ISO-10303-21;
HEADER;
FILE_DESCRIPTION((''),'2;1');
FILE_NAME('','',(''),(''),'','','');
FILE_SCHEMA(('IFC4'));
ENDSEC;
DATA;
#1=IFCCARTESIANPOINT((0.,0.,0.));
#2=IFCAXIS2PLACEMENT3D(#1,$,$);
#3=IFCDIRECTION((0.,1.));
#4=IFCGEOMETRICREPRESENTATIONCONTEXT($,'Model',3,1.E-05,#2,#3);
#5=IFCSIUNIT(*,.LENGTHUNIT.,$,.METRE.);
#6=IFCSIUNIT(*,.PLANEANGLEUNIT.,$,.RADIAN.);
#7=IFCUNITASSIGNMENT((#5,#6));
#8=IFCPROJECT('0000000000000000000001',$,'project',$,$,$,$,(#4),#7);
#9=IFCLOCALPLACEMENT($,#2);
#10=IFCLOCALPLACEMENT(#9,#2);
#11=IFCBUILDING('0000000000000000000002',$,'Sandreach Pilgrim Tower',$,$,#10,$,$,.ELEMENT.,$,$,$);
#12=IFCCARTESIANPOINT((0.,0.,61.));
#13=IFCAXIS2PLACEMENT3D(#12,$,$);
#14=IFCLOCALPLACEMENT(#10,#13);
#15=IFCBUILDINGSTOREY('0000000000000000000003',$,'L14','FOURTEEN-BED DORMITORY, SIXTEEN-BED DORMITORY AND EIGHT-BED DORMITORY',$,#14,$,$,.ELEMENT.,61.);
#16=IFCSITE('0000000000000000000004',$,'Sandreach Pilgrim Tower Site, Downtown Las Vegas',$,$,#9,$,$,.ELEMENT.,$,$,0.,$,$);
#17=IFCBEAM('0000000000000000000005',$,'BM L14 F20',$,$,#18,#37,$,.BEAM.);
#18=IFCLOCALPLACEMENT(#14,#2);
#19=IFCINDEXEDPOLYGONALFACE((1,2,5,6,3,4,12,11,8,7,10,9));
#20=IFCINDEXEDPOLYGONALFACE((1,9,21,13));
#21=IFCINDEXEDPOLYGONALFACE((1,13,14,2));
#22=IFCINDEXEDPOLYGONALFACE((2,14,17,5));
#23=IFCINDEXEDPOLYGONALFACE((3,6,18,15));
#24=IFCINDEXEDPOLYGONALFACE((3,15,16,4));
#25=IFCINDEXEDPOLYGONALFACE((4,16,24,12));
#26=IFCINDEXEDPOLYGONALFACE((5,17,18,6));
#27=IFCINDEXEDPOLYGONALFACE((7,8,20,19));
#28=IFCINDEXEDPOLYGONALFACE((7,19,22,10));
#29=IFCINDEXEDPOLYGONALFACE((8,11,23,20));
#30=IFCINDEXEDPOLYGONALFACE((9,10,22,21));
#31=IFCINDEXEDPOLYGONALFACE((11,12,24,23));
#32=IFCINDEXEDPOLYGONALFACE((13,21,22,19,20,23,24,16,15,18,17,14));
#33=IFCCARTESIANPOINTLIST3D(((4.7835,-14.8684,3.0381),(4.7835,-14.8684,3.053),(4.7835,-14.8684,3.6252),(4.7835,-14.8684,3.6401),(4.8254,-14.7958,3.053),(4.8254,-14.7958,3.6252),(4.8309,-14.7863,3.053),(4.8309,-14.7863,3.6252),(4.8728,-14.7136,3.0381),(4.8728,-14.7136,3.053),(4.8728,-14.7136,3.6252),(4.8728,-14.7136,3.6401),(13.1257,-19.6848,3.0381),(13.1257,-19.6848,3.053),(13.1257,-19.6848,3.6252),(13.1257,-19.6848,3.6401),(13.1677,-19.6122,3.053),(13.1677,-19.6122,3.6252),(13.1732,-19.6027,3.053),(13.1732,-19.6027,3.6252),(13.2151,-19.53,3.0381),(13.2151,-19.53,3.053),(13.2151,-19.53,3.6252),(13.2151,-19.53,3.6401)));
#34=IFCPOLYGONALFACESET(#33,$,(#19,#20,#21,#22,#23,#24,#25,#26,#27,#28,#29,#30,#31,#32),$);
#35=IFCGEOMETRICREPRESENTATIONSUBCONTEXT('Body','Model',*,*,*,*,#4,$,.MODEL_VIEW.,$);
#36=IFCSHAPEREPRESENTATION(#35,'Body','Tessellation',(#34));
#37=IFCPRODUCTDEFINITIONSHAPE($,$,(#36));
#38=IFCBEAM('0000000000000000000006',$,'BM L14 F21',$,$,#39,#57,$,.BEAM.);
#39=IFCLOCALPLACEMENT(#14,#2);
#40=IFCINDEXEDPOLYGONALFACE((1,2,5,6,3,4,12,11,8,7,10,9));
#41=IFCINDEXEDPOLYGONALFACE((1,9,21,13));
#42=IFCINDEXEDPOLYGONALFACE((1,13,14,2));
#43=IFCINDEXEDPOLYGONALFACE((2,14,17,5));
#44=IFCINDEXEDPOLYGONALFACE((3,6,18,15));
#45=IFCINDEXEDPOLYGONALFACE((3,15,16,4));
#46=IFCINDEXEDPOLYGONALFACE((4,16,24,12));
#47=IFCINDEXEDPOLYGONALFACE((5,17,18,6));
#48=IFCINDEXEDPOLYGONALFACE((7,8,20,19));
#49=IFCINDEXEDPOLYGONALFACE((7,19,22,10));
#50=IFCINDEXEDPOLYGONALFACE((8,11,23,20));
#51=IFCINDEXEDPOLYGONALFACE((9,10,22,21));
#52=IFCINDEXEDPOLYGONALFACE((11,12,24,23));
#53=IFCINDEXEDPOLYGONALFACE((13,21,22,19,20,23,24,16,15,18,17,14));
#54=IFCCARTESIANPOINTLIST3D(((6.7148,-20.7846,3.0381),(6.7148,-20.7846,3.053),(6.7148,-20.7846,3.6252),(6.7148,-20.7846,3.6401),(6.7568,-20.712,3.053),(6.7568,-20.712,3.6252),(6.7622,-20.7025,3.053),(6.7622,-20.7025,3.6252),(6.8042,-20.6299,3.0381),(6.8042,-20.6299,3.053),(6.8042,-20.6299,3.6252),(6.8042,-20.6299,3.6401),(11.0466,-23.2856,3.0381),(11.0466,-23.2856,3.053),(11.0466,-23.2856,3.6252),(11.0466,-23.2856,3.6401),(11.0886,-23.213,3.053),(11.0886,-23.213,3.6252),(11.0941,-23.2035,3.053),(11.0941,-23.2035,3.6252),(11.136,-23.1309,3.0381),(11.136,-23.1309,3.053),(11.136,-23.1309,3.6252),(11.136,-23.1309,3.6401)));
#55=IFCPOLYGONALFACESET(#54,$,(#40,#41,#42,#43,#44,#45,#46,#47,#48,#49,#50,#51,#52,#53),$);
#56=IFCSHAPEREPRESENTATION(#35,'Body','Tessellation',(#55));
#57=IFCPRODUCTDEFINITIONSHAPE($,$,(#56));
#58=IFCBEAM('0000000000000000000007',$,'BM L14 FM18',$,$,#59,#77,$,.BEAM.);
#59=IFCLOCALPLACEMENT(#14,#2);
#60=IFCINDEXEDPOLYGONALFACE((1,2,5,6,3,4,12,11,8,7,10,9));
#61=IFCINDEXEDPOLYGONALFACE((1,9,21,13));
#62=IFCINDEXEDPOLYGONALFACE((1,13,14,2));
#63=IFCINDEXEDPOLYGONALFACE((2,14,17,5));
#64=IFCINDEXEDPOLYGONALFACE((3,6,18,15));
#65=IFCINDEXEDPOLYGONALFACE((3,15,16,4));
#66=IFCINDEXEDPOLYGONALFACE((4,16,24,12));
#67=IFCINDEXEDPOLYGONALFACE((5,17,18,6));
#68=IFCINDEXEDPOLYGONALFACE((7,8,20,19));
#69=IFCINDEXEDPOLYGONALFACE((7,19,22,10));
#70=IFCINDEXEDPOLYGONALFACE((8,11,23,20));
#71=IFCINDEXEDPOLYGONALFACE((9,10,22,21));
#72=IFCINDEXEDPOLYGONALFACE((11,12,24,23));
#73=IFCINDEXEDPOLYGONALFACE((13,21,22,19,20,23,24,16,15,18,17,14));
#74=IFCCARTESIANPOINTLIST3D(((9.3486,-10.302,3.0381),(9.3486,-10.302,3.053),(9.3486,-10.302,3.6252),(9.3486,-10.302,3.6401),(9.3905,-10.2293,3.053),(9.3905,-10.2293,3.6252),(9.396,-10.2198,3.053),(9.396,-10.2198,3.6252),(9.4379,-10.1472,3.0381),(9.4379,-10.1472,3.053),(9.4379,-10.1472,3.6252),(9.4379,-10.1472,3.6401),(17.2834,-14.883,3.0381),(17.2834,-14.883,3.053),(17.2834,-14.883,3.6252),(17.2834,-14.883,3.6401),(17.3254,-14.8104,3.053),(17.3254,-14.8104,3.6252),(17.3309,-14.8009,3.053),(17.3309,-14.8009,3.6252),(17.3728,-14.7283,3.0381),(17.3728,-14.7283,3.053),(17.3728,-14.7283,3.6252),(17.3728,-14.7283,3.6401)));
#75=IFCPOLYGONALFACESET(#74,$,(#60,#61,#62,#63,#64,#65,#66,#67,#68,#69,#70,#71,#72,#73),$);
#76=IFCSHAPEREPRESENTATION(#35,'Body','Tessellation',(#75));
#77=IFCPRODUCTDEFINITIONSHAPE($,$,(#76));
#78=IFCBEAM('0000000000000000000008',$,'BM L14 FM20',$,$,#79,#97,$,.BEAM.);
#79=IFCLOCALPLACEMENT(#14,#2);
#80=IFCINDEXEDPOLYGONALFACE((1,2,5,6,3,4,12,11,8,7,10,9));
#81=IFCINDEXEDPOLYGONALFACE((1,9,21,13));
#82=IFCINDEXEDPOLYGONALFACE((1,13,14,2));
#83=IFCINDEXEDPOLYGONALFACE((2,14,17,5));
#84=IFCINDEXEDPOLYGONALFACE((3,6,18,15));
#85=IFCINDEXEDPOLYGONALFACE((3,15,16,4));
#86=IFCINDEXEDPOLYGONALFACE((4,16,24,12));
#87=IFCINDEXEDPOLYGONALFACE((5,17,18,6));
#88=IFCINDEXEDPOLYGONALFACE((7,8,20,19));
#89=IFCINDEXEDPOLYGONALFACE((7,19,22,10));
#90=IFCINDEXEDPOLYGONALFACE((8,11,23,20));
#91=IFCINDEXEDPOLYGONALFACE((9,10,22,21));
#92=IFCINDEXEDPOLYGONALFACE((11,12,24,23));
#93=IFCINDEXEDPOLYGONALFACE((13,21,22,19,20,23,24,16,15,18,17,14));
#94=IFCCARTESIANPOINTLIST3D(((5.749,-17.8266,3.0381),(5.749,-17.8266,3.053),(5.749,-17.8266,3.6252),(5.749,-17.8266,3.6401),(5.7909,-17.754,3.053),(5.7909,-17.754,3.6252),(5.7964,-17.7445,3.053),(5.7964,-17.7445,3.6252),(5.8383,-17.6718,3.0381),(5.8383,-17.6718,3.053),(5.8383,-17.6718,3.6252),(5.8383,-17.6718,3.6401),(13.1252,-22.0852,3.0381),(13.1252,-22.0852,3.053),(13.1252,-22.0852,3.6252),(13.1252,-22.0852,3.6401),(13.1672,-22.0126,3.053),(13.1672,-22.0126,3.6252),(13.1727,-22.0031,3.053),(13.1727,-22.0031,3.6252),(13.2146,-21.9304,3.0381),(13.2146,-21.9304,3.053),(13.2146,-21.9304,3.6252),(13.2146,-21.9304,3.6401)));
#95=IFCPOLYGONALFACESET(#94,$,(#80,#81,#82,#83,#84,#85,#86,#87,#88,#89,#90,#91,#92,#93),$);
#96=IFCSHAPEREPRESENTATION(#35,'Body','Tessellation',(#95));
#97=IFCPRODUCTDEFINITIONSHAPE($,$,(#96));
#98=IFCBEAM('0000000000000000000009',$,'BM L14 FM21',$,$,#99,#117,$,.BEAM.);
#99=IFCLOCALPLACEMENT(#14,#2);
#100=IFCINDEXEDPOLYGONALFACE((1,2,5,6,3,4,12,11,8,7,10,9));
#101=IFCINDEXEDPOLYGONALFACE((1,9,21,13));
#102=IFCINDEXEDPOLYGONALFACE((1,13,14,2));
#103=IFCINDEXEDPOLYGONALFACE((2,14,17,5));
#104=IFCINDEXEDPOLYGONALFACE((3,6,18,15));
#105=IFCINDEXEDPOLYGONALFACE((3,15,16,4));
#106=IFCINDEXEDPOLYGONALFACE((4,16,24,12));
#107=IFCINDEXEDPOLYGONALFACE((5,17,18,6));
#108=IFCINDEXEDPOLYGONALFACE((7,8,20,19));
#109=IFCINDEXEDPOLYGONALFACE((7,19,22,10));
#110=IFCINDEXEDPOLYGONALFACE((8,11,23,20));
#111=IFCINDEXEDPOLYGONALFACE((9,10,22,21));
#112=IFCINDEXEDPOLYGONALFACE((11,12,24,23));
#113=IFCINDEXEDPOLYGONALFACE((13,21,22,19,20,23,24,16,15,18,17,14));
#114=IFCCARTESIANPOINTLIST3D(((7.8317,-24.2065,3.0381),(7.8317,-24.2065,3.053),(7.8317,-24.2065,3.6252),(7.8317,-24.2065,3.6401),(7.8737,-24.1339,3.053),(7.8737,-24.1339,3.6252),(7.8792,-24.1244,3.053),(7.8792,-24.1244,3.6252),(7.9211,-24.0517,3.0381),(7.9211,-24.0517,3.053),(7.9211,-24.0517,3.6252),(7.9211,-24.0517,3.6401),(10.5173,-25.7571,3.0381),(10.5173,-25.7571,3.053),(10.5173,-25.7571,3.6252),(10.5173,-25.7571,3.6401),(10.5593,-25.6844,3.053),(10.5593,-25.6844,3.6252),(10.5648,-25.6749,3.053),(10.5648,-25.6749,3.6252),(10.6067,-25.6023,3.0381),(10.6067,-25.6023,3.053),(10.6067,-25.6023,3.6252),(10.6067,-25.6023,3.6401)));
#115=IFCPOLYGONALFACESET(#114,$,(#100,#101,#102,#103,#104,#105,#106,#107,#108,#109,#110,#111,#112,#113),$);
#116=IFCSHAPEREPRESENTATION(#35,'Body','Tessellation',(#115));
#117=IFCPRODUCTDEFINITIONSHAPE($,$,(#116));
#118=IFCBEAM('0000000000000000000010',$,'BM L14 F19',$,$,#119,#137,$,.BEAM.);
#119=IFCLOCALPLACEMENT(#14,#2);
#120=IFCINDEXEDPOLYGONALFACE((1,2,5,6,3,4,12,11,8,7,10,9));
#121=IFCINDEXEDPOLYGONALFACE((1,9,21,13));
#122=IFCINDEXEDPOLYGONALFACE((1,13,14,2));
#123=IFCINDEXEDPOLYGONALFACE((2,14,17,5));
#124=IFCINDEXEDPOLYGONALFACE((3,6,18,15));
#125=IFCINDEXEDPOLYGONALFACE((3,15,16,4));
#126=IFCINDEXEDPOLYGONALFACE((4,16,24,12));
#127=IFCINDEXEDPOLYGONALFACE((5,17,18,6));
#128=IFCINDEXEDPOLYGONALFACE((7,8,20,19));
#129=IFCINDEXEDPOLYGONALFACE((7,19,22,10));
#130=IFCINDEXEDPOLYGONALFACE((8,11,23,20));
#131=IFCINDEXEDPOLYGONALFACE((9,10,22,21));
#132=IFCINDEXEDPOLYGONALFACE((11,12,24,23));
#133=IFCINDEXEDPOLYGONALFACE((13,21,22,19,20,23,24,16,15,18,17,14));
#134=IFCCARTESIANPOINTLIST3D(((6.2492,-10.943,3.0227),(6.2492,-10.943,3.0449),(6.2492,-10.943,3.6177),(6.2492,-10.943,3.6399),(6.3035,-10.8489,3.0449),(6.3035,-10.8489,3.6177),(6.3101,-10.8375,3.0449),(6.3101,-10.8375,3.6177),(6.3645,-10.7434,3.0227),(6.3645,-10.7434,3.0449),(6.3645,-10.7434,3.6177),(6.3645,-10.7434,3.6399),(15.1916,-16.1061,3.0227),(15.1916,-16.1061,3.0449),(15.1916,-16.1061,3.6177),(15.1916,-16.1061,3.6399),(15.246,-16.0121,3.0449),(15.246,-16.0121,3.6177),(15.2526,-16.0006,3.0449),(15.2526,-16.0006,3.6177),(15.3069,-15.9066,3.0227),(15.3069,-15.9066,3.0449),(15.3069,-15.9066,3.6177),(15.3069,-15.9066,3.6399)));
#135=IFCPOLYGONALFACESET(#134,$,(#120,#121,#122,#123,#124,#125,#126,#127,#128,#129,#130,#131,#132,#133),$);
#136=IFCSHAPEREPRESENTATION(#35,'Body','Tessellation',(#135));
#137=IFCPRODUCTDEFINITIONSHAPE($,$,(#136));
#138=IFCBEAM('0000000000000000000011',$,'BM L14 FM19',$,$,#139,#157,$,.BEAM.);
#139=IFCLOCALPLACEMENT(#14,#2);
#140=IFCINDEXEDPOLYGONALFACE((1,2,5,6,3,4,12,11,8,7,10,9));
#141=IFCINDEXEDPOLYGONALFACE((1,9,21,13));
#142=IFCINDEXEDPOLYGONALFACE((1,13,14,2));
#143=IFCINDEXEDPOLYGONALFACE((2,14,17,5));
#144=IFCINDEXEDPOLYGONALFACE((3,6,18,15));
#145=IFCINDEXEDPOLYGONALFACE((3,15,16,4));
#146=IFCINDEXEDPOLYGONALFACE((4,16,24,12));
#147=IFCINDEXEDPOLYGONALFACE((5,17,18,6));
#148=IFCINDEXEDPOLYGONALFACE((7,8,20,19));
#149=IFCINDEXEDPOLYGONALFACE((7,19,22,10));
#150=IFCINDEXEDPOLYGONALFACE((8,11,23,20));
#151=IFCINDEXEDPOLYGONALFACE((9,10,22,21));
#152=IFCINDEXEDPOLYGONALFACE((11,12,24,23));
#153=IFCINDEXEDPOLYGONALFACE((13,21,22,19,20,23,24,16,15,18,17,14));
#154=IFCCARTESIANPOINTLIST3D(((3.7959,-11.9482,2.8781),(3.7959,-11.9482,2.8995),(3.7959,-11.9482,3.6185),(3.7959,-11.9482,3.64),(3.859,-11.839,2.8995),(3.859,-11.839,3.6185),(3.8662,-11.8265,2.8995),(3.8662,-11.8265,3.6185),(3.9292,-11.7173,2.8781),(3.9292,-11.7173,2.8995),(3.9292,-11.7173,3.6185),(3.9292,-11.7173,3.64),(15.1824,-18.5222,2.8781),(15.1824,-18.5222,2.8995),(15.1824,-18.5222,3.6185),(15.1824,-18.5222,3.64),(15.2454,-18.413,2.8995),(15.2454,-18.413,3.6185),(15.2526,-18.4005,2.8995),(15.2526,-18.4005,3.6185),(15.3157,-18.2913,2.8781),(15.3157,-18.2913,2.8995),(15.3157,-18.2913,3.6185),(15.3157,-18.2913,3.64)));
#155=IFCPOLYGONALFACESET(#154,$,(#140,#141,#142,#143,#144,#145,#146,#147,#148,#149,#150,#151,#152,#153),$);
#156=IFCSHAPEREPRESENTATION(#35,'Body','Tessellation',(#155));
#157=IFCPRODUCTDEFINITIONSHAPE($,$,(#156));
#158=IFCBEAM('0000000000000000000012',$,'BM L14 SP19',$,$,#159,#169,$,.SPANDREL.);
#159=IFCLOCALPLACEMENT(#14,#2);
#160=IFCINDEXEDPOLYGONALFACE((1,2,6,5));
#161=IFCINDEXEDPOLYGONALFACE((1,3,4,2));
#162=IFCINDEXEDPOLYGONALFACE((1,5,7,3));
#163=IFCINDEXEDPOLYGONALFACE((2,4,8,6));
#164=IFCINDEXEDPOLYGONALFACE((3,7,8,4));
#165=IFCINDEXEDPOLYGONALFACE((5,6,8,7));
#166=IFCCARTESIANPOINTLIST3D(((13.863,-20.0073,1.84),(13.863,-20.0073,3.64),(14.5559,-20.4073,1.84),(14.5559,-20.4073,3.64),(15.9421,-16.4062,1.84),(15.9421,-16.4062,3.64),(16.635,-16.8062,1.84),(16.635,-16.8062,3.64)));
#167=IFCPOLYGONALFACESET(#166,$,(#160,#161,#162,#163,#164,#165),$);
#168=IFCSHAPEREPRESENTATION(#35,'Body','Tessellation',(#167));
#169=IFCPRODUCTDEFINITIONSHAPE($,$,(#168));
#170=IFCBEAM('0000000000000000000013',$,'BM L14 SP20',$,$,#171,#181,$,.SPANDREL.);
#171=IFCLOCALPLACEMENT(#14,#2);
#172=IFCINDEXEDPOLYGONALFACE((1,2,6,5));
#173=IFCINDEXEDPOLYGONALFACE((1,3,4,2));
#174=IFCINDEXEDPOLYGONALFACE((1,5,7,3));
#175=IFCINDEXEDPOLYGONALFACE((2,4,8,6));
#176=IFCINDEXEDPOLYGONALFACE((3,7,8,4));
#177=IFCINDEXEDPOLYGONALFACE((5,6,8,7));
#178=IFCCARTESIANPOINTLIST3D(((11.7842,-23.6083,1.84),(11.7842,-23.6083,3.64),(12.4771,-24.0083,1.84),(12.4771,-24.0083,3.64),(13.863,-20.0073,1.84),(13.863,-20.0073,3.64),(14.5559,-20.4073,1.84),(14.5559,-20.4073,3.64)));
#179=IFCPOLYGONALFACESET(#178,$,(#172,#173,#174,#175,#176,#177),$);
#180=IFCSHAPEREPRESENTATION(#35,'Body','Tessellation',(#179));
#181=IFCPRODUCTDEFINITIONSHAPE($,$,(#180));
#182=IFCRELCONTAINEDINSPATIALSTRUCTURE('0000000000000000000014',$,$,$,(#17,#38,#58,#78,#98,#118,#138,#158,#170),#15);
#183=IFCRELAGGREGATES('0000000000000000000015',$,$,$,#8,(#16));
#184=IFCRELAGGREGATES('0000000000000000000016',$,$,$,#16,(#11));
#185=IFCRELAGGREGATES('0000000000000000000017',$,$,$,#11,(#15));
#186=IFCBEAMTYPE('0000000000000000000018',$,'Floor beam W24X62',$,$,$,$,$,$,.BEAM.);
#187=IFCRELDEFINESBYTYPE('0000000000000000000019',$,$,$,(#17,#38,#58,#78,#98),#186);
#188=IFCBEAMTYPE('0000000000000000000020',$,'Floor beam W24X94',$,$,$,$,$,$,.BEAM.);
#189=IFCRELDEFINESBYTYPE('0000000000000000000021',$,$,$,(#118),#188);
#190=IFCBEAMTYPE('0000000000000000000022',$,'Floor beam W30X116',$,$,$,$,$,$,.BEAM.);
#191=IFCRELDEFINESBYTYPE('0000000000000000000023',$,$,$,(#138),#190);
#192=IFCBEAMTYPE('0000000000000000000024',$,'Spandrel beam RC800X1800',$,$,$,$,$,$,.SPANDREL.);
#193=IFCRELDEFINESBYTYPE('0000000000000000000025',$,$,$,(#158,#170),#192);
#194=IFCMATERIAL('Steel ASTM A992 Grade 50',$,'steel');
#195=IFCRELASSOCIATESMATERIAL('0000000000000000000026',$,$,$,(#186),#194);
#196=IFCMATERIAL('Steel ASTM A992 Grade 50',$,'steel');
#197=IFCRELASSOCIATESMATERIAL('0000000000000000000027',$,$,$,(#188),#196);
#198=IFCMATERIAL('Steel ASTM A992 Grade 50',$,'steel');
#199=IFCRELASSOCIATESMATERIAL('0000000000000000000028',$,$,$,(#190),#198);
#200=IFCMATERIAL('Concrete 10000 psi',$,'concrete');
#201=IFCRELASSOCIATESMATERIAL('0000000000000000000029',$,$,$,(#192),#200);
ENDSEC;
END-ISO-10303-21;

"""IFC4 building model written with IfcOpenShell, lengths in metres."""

from ifc_helpers import new_model, si_unit, direction, frame, origin, origin_2d, place, context, subcontext, project, spatial, rectangle, i_section, extrude, material, material_profile, profile_set, type_object, element, save


model = new_model("IFC4")

# Units and contexts
model_context = context("Model", 3, precision=1e-05, world=origin(), true_north=direction((0.0, 1.0)))
body_context = subcontext(model_context, "Body", "Model", "MODEL_VIEW")
ifc_project = project(units=[si_unit("LENGTHUNIT", "METRE"), si_unit("PLANEANGLEUNIT", "RADIAN")], contexts=[model_context])

# Site, building, storey
site_placement = place(None, origin())
site = spatial("IfcSite", under=ifc_project, at=site_placement, Name="Sandreach Pilgrim Tower Site, Downtown Las Vegas", CompositionType="ELEMENT", RefElevation=0.0)
building_placement = place(site_placement, origin())
building = spatial("IfcBuilding", under=site, at=building_placement, Name="Sandreach Pilgrim Tower", CompositionType="ELEMENT")
storey_placement = place(building_placement, frame((0.0, 0.0, 61.0)))
storey = spatial("IfcBuildingStorey", under=building, at=storey_placement, Name="L14", Description="FOURTEEN-BED DORMITORY, SIXTEEN-BED DORMITORY AND EIGHT-BED DORMITORY", CompositionType="ELEMENT", Elevation=61.0)

# Beams
ifc_material_1 = material(Name="Steel ASTM A992 Grade 50", Category="steel")
ifc_material_profile_1 = material_profile(ifc_material_1, i_section(OverallWidth=0.1787, OverallDepth=0.6021, WebThickness=0.011, FlangeThickness=0.0149, at=origin_2d()), Name="W24X62")
ifc_profile_set_1 = profile_set([ifc_material_profile_1], Name="Steel ASTM A992 Grade 50")
beam_type_1 = type_object("IfcBeamType", Name="Floor beam W24X62", PredefinedType="BEAM", material=ifc_profile_set_1)
beam_1_placement = place(storey_placement, frame((13.1704, -19.6074, 3.3391), z_axis=(-0.866026, 0.499999, 0.0), x_axis=(-0.499999, -0.866026, 0.0)))
element("IfcBeam", 1, at=beam_1_placement, inside=storey, type_object=beam_type_1, Name="BM L14 F20", PredefinedType="BEAM", context=body_context, shape_type="SweptSolid", body=[
    extrude(i_section(OverallWidth=0.1787, OverallDepth=0.6021, WebThickness=0.011, FlangeThickness=0.0149, at=origin_2d()), origin(), (0.0, 0.0, 1.0), 9.6328),
])
beam_2_placement = place(storey_placement, frame((11.0913, -23.2083, 3.3391), z_axis=(-0.866024, 0.500003, 0.0), x_axis=(-0.500003, -0.866024, 0.0)))
element("IfcBeam", 2, at=beam_2_placement, inside=storey, type_object=beam_type_1, Name="BM L14 F21", PredefinedType="BEAM", context=body_context, shape_type="SweptSolid", body=[
    extrude(i_section(OverallWidth=0.1787, OverallDepth=0.6021, WebThickness=0.011, FlangeThickness=0.0149, at=origin_2d()), origin(), (0.0, 0.0, 1.0), 5.002),
])
beam_3_placement = place(storey_placement, frame((17.3281, -14.8057, 3.3391), z_axis=(-0.866031, 0.499991, 0.0), x_axis=(-0.499991, -0.866031, 0.0)))
element("IfcBeam", 3, at=beam_3_placement, inside=storey, type_object=beam_type_1, Name="BM L14 FM18", PredefinedType="BEAM", context=body_context, shape_type="SweptSolid", body=[
    extrude(i_section(OverallWidth=0.1787, OverallDepth=0.6021, WebThickness=0.011, FlangeThickness=0.0149, at=origin_2d()), origin(), (0.0, 0.0, 1.0), 9.1624),
])
beam_4_placement = place(storey_placement, frame((13.1699, -22.0078, 3.3391), z_axis=(-0.866031, 0.49999, 0.0), x_axis=(-0.49999, -0.866031, 0.0)))
element("IfcBeam", 4, at=beam_4_placement, inside=storey, type_object=beam_type_1, Name="BM L14 FM20", PredefinedType="BEAM", context=body_context, shape_type="SweptSolid", body=[
    extrude(i_section(OverallWidth=0.1787, OverallDepth=0.6021, WebThickness=0.011, FlangeThickness=0.0149, at=origin_2d()), origin(), (0.0, 0.0, 1.0), 8.5173),
])
beam_5_placement = place(storey_placement, frame((10.562, -25.6797, 3.3391), z_axis=(-0.86602, 0.500009, 0.0), x_axis=(-0.500009, -0.86602, 0.0)))
element("IfcBeam", 5, at=beam_5_placement, inside=storey, type_object=beam_type_1, Name="BM L14 FM21", PredefinedType="BEAM", context=body_context, shape_type="SweptSolid", body=[
    extrude(i_section(OverallWidth=0.1787, OverallDepth=0.6021, WebThickness=0.011, FlangeThickness=0.0149, at=origin_2d()), origin(), (0.0, 0.0, 1.0), 3.1011),
])
ifc_material_2 = material(Name="Steel ASTM A992 Grade 50", Category="steel")
ifc_material_profile_2 = material_profile(ifc_material_2, i_section(OverallWidth=0.2305, OverallDepth=0.6172, WebThickness=0.0132, FlangeThickness=0.0222, at=origin_2d()), Name="W24X94")
ifc_profile_set_2 = profile_set([ifc_material_profile_2], Name="Steel ASTM A992 Grade 50")
beam_type_2 = type_object("IfcBeamType", Name="Floor beam W24X94", PredefinedType="BEAM", material=ifc_profile_set_2)
beam_6_placement = place(storey_placement, frame((15.2493, -16.0063, 3.3313), z_axis=(-0.866017, 0.500014, 0.0), x_axis=(-0.500014, -0.866017, 0.0)))
element("IfcBeam", 6, at=beam_6_placement, inside=storey, type_object=beam_type_2, Name="BM L14 F19", PredefinedType="BEAM", context=body_context, shape_type="SweptSolid", body=[
    extrude(i_section(OverallWidth=0.2305, OverallDepth=0.6172, WebThickness=0.0132, FlangeThickness=0.0222, at=origin_2d()), origin(), (0.0, 0.0, 1.0), 10.3259),
])
ifc_material_3 = material(Name="Steel ASTM A992 Grade 50", Category="steel")
ifc_material_profile_3 = material_profile(ifc_material_3, i_section(OverallWidth=0.2666, OverallDepth=0.762, WebThickness=0.0144, FlangeThickness=0.0215, at=origin_2d()), Name="W30X116")
ifc_profile_set_3 = profile_set([ifc_material_profile_3], Name="Steel ASTM A992 Grade 50")
beam_type_3 = type_object("IfcBeamType", Name="Floor beam W30X116", PredefinedType="BEAM", material=ifc_profile_set_3)
beam_7_placement = place(storey_placement, frame((15.249, -18.4067, 3.259), z_axis=(-0.866026, 0.499999, 0.0), x_axis=(-0.499999, -0.866026, 0.0)))
element("IfcBeam", 7, at=beam_7_placement, inside=storey, type_object=beam_type_3, Name="BM L14 FM19", PredefinedType="BEAM", context=body_context, shape_type="SweptSolid", body=[
    extrude(i_section(OverallWidth=0.2666, OverallDepth=0.762, WebThickness=0.0144, FlangeThickness=0.0215, at=origin_2d()), origin(), (0.0, 0.0, 1.0), 13.1479),
])
ifc_material_4 = material(Name="Concrete 10000 psi", Category="concrete")
ifc_material_profile_4 = material_profile(ifc_material_4, rectangle(XDim=0.8, YDim=1.8, at=origin_2d()), Name="RC800X1800")
ifc_profile_set_4 = profile_set([ifc_material_profile_4], Name="Concrete 10000 psi")
beam_type_4 = type_object("IfcBeamType", Name="Spandrel beam RC800X1800", PredefinedType="SPANDREL", material=ifc_profile_set_4)
beam_8_placement = place(storey_placement, frame((16.2886, -16.6062, 2.74), z_axis=(-0.500004, -0.866023, 0.0), x_axis=(0.866023, -0.500004, 0.0)))
element("IfcBeam", 8, at=beam_8_placement, inside=storey, type_object=beam_type_4, Name="BM L14 SP19", PredefinedType="SPANDREL", context=body_context, shape_type="SweptSolid", body=[
    extrude(rectangle(XDim=0.8, YDim=1.8, at=origin_2d()), origin(), (0.0, 0.0, 1.0), 4.1582),
])
beam_9_placement = place(storey_placement, frame((14.2095, -20.2073, 2.74), z_axis=(-0.49996, -0.866049, 0.0), x_axis=(0.866049, -0.49996, 0.0)))
element("IfcBeam", 9, at=beam_9_placement, inside=storey, type_object=beam_type_4, Name="BM L14 SP20", PredefinedType="SPANDREL", context=body_context, shape_type="SweptSolid", body=[
    extrude(rectangle(XDim=0.8, YDim=1.8, at=origin_2d()), origin(), (0.0, 0.0, 1.0), 4.158),
])

save(model, "model.ifc")
